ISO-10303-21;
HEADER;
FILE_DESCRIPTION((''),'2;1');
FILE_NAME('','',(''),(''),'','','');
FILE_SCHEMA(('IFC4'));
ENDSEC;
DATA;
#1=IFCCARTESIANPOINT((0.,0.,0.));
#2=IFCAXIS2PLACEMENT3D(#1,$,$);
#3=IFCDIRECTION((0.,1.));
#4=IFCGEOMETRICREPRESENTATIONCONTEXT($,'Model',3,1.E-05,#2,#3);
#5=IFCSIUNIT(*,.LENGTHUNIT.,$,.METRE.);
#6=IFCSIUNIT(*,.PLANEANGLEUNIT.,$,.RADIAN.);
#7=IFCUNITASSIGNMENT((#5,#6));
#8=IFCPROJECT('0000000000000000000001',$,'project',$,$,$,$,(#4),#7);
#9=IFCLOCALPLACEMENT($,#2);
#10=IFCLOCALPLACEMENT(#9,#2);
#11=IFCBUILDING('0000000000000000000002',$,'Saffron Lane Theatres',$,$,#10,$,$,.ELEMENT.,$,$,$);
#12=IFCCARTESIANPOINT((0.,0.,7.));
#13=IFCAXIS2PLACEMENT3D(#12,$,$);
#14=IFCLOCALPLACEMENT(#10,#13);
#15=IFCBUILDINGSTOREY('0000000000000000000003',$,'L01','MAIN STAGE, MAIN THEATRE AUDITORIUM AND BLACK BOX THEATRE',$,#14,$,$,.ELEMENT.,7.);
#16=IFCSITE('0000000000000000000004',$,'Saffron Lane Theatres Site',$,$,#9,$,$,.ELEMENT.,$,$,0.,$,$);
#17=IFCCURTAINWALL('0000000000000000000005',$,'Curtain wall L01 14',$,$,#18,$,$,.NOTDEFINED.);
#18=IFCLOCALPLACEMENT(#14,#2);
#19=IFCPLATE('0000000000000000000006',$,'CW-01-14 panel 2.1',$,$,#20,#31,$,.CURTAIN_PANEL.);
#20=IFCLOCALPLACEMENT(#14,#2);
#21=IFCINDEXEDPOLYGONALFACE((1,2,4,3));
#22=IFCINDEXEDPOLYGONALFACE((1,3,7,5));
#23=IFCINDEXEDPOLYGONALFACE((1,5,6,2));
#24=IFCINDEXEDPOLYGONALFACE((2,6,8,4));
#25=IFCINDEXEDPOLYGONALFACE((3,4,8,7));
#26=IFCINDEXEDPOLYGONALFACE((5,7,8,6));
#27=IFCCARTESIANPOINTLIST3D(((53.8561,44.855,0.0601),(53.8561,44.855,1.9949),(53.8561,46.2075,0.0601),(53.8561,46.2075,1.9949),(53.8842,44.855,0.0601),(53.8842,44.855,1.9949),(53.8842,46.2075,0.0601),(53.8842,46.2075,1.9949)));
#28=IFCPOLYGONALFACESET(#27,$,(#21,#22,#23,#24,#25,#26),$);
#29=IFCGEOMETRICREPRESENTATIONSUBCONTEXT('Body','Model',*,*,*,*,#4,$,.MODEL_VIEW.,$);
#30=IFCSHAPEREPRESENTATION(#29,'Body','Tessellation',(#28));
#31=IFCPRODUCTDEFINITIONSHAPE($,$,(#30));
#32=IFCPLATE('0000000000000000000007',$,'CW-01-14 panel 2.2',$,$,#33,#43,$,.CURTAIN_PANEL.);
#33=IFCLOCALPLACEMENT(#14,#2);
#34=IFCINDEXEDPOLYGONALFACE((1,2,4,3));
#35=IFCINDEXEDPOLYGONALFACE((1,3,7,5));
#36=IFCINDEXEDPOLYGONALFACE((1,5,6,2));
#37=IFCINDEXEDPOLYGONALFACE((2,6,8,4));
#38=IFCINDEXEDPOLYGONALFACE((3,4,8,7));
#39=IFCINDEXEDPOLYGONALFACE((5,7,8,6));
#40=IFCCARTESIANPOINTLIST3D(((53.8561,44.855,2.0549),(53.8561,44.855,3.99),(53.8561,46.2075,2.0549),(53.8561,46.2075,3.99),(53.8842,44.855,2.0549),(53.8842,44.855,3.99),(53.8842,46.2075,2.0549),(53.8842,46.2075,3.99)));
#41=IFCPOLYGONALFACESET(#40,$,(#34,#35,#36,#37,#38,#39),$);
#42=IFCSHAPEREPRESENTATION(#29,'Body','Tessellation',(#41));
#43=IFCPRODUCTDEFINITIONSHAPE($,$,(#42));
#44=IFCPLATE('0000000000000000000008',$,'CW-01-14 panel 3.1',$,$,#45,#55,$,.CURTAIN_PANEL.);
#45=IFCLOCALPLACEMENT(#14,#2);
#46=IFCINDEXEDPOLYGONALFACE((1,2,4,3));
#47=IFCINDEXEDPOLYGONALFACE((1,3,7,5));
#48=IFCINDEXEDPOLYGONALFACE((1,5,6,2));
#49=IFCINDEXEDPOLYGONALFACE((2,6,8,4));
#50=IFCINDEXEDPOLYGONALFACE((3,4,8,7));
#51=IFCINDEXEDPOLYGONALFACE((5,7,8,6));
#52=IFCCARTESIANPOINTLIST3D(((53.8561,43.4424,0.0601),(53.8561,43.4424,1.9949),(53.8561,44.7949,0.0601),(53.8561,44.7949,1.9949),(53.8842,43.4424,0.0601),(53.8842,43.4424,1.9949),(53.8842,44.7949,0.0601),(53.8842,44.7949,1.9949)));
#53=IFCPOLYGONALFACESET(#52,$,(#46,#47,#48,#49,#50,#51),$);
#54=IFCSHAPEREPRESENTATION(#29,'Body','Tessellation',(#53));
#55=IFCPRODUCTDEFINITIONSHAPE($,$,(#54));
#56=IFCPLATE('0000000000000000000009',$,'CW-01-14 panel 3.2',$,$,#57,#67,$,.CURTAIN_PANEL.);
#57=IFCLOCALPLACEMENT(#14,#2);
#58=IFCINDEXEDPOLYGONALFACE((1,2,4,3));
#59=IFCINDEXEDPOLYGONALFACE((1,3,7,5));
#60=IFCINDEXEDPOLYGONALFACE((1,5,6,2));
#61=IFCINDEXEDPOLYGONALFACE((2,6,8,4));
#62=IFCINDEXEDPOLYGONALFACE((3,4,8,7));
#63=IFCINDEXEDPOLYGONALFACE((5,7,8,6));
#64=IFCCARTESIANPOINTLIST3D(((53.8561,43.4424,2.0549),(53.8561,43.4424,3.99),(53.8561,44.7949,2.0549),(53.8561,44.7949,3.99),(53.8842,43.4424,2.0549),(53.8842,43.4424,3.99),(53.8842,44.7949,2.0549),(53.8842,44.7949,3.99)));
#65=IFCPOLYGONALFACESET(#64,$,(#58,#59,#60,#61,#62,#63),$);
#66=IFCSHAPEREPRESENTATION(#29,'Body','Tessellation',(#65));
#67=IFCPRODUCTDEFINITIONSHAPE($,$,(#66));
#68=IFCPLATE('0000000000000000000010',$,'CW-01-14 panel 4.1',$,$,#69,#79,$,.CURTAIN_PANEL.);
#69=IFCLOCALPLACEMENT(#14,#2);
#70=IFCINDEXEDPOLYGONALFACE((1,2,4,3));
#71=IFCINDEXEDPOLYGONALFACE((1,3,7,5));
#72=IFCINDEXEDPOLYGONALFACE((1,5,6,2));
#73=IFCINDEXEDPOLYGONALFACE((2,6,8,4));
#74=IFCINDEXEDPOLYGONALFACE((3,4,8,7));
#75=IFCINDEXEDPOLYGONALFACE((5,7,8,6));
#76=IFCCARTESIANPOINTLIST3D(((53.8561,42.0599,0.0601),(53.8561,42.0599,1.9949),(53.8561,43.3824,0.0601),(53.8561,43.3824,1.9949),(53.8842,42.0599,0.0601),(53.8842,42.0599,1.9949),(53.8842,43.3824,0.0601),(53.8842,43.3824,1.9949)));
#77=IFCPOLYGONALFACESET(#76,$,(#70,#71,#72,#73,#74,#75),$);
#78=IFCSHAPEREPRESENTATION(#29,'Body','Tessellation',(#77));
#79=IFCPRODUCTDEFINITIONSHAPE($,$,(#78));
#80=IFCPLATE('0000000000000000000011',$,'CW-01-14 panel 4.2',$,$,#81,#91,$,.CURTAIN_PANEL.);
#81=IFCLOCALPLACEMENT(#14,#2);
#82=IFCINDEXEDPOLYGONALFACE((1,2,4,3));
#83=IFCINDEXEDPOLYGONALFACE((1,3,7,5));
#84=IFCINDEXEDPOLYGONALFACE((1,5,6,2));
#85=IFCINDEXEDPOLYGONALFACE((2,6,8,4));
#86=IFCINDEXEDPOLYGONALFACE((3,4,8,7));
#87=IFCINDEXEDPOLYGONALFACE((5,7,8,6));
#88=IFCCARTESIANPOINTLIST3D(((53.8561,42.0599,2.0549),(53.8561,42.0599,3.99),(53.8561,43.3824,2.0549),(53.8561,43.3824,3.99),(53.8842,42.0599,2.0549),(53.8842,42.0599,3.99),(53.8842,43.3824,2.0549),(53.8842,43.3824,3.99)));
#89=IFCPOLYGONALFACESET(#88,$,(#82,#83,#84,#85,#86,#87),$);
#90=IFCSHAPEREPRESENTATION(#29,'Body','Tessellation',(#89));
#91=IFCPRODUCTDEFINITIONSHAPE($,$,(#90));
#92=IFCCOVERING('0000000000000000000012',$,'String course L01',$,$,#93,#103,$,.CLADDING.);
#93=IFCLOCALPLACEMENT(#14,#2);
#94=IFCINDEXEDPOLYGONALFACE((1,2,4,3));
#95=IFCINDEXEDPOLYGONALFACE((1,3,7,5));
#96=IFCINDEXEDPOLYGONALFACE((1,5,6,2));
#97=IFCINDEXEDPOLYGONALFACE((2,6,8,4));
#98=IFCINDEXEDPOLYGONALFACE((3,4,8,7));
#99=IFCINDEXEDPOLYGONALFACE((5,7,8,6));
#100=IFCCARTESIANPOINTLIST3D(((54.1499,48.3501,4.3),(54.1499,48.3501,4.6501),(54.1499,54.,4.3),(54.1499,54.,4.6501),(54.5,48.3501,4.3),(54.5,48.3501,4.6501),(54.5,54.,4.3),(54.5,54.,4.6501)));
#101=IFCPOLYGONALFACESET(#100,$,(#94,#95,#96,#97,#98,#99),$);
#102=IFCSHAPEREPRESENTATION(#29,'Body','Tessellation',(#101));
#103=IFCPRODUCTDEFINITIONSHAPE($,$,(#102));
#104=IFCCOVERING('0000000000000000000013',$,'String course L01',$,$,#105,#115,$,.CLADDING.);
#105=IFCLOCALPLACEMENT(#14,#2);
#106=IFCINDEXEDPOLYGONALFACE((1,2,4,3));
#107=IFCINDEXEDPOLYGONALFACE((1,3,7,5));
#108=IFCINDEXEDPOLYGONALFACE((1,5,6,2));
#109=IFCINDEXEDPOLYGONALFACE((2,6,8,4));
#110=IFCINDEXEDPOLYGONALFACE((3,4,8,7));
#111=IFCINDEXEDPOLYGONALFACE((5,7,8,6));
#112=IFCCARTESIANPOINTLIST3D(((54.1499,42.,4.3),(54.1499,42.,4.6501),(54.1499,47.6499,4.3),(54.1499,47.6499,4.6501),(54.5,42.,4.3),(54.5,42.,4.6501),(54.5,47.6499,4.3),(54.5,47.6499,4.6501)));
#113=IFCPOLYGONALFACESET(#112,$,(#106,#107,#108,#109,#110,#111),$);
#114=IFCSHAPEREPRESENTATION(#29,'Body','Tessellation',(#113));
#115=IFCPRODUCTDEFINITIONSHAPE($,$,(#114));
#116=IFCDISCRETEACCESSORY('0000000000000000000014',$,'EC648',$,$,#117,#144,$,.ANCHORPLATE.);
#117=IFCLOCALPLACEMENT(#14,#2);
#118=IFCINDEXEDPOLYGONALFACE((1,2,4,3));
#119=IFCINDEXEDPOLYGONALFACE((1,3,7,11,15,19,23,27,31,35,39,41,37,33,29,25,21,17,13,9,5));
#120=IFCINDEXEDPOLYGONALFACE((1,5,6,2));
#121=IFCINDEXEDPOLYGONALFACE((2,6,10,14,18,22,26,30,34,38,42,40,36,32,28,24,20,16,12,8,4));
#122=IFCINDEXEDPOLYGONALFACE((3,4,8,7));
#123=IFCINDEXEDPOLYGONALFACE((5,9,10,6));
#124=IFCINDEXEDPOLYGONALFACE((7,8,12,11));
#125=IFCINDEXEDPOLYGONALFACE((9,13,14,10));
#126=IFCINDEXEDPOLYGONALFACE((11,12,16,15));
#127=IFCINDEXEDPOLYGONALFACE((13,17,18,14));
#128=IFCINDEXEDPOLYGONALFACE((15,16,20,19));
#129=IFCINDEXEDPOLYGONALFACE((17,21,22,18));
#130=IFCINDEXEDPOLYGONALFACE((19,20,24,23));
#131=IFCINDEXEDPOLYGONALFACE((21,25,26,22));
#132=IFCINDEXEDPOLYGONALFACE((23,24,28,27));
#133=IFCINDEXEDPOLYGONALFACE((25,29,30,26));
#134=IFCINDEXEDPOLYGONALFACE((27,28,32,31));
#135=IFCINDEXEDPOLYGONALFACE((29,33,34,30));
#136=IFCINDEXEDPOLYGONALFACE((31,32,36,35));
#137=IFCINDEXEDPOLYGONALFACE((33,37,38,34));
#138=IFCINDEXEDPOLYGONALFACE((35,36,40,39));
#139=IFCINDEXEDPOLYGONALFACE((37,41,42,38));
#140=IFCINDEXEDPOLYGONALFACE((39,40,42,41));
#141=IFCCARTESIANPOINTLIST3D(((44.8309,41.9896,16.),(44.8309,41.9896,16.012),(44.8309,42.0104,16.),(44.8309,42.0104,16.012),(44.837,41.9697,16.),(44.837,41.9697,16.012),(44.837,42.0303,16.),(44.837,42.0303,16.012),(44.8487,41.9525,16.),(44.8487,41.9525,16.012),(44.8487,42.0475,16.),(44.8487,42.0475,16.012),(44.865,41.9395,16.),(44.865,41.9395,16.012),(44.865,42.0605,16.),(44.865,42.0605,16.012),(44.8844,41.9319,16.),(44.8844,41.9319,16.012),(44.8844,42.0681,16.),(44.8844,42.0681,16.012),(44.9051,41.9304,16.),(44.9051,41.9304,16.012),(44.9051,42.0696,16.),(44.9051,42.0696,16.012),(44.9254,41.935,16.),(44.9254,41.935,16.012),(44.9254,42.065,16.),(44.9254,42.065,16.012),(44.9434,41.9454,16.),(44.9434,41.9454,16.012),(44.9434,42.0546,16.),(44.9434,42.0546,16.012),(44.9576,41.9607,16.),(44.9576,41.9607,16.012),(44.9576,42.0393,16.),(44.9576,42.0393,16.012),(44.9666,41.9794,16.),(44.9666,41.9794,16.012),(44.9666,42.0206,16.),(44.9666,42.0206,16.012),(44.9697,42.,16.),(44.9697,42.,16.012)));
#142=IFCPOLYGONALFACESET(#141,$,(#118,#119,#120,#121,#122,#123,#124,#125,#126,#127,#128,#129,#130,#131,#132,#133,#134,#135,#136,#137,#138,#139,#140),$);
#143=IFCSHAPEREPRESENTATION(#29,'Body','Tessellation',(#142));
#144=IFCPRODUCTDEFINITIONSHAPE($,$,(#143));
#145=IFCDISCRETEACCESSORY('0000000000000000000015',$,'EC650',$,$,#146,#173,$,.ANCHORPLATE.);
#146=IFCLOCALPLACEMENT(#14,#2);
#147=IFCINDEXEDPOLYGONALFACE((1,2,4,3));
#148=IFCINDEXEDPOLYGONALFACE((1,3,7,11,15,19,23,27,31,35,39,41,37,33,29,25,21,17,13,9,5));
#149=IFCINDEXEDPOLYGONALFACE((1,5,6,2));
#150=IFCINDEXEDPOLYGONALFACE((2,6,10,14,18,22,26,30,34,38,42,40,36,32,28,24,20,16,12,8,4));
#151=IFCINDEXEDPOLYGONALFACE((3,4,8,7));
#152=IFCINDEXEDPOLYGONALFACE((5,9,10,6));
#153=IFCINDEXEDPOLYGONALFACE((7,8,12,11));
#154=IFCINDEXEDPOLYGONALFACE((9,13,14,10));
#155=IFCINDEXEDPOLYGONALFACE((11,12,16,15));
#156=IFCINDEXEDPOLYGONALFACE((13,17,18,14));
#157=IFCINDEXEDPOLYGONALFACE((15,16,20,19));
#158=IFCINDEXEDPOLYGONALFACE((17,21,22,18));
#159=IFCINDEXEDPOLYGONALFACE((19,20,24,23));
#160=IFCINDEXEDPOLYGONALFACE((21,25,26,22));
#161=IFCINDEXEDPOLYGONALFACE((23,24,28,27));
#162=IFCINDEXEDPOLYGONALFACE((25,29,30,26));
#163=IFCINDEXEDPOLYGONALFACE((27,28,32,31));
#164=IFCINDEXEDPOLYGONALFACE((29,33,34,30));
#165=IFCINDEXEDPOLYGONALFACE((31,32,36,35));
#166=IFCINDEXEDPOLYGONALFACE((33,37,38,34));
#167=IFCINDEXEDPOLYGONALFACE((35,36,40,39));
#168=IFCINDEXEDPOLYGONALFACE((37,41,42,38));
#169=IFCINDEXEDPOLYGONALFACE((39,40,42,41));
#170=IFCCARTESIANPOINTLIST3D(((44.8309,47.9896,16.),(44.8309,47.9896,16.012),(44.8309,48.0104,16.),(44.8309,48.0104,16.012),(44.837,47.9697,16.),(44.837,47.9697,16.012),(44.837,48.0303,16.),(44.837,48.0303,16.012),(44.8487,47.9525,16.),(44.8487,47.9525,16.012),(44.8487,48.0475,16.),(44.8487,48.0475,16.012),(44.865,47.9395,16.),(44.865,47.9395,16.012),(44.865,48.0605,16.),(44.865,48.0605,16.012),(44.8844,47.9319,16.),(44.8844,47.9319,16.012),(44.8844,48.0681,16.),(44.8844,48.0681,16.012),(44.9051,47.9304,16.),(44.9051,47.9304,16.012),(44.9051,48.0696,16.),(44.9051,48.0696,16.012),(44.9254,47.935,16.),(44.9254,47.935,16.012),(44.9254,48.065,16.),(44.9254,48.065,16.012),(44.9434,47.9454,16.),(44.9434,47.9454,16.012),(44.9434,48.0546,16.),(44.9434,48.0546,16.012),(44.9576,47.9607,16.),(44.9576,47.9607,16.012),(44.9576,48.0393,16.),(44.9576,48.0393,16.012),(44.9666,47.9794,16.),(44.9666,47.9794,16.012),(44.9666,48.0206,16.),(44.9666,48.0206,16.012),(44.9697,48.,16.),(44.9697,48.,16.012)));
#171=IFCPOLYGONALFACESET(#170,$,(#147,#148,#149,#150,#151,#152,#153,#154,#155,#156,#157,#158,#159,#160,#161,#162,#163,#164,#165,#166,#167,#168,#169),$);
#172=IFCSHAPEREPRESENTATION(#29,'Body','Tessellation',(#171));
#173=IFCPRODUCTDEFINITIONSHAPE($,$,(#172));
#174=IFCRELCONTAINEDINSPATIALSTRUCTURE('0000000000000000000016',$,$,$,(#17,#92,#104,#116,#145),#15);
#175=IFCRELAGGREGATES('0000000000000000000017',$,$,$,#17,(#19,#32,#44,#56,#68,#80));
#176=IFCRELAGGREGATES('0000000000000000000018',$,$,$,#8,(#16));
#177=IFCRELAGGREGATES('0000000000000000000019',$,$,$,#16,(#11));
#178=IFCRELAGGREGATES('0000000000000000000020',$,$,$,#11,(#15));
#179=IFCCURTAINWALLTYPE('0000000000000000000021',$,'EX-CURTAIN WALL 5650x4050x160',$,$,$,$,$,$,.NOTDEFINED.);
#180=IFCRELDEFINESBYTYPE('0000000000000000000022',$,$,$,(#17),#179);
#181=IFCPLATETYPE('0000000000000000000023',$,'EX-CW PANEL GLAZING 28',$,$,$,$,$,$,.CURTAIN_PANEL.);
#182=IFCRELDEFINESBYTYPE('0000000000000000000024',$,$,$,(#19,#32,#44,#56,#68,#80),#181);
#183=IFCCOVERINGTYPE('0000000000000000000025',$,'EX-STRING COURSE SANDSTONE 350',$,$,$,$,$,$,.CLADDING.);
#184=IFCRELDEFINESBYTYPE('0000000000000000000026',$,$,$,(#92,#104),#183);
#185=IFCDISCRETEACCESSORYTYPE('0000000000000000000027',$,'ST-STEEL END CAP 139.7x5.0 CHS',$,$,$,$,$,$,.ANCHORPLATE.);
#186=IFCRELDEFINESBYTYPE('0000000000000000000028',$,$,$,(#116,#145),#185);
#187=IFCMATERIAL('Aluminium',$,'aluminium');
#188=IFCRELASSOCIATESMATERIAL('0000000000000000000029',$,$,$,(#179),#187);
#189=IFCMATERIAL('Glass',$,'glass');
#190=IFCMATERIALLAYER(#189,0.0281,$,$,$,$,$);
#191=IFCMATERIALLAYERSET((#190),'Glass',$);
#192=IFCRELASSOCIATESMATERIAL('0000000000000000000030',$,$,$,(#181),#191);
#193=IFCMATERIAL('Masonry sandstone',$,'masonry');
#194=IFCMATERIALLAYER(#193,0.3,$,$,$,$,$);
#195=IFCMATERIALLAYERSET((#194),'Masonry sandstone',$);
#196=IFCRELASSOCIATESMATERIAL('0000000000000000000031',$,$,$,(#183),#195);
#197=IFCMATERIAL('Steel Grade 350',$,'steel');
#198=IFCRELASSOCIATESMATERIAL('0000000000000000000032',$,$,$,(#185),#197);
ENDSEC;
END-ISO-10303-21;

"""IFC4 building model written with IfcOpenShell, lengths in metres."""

from ifc_helpers import new_model, si_unit, direction, frame, origin, origin_2d, place, context, subcontext, project, spatial, rectangle, circle, extrude, material, layer, layer_set, material_profile, profile_set, type_object, element, aggregate, save


model = new_model("IFC4")

# Units and contexts
model_context = context("Model", 3, precision=1e-05, world=origin(), true_north=direction((0.0, 1.0)))
body_context = subcontext(model_context, "Body", "Model", "MODEL_VIEW")
ifc_project = project(units=[si_unit("LENGTHUNIT", "METRE"), si_unit("PLANEANGLEUNIT", "RADIAN")], contexts=[model_context])

# Site, building, storey
site_placement = place(None, origin())
site = spatial("IfcSite", under=ifc_project, at=site_placement, Name="Saffron Lane Theatres Site", CompositionType="ELEMENT", RefElevation=0.0)
building_placement = place(site_placement, origin())
building = spatial("IfcBuilding", under=site, at=building_placement, Name="Saffron Lane Theatres", CompositionType="ELEMENT")
storey_placement = place(building_placement, frame((0.0, 0.0, 7.0)))
storey = spatial("IfcBuildingStorey", under=building, at=storey_placement, Name="L01", Description="MAIN STAGE, MAIN THEATRE AUDITORIUM AND BLACK BOX THEATRE", CompositionType="ELEMENT", Elevation=7.0)

# Curtain wall
ifc_material_1 = material(Name="Aluminium", Category="aluminium")
curtain_wall_type = type_object("IfcCurtainWallType", Name="EX-CURTAIN WALL 5650x4050x160", PredefinedType="NOTDEFINED", material=ifc_material_1)
curtain_wall_1_placement = place(storey_placement, origin())
curtain_wall_1 = element("IfcCurtainWall", 1, at=curtain_wall_1_placement, inside=storey, type_object=curtain_wall_type, Name="Curtain wall L01 14", PredefinedType="NOTDEFINED")

# Plates
ifc_material_2 = material(Name="Glass", Category="glass")
ifc_layer_1 = layer(ifc_material_2, 0.0281)
ifc_layer_set_1 = layer_set([ifc_layer_1], Name="Glass")
plate_type = type_object("IfcPlateType", Name="EX-CW PANEL GLAZING 28", PredefinedType="CURTAIN_PANEL", material=ifc_layer_set_1)
plate_1_placement = place(storey_placement, frame((53.8701, 45.5312, 0.0601), z_axis=(0.0, 0.0, 1.0), x_axis=(0.0, -1.0, 0.0)))
plate_1 = element("IfcPlate", 2, at=plate_1_placement, type_object=plate_type, Name="CW-01-14 panel 2.1", PredefinedType="CURTAIN_PANEL", context=body_context, shape_type="SweptSolid", body=[
    extrude(rectangle(XDim=1.3525, YDim=0.0281, at=origin_2d()), origin(), (0.0, 0.0, 1.0), 1.9348),
])
plate_2_placement = place(storey_placement, frame((53.8701, 45.5312, 2.0549), z_axis=(0.0, 0.0, 1.0), x_axis=(0.0, -1.0, 0.0)))
plate_2 = element("IfcPlate", 3, at=plate_2_placement, type_object=plate_type, Name="CW-01-14 panel 2.2", PredefinedType="CURTAIN_PANEL", context=body_context, shape_type="SweptSolid", body=[
    extrude(rectangle(XDim=1.3525, YDim=0.0281, at=origin_2d()), origin(), (0.0, 0.0, 1.0), 1.9351),
])
plate_3_placement = place(storey_placement, frame((53.8701, 44.1187, 0.0601), z_axis=(0.0, 0.0, 1.0), x_axis=(0.0, -1.0, 0.0)))
plate_3 = element("IfcPlate", 4, at=plate_3_placement, type_object=plate_type, Name="CW-01-14 panel 3.1", PredefinedType="CURTAIN_PANEL", context=body_context, shape_type="SweptSolid", body=[
    extrude(rectangle(XDim=1.3525, YDim=0.0281, at=origin_2d()), origin(), (0.0, 0.0, 1.0), 1.9348),
])
plate_4_placement = place(storey_placement, frame((53.8701, 44.1187, 2.0549), z_axis=(0.0, 0.0, 1.0), x_axis=(0.0, -1.0, 0.0)))
plate_4 = element("IfcPlate", 5, at=plate_4_placement, type_object=plate_type, Name="CW-01-14 panel 3.2", PredefinedType="CURTAIN_PANEL", context=body_context, shape_type="SweptSolid", body=[
    extrude(rectangle(XDim=1.3525, YDim=0.0281, at=origin_2d()), origin(), (0.0, 0.0, 1.0), 1.9351),
])
plate_5_placement = place(storey_placement, frame((53.8701, 42.7212, 0.0601), z_axis=(0.0, 0.0, 1.0), x_axis=(0.0, -1.0, 0.0)))
plate_5 = element("IfcPlate", 6, at=plate_5_placement, type_object=plate_type, Name="CW-01-14 panel 4.1", PredefinedType="CURTAIN_PANEL", context=body_context, shape_type="SweptSolid", body=[
    extrude(rectangle(XDim=1.3225, YDim=0.0281, at=origin_2d()), origin(), (0.0, 0.0, 1.0), 1.9348),
])
plate_6_placement = place(storey_placement, frame((53.8701, 42.7212, 2.0549), z_axis=(0.0, 0.0, 1.0), x_axis=(0.0, -1.0, 0.0)))
plate_6 = element("IfcPlate", 7, at=plate_6_placement, type_object=plate_type, Name="CW-01-14 panel 4.2", PredefinedType="CURTAIN_PANEL", context=body_context, shape_type="SweptSolid", body=[
    extrude(rectangle(XDim=1.3225, YDim=0.0281, at=origin_2d()), origin(), (0.0, 0.0, 1.0), 1.9351),
])
aggregate(curtain_wall_1, [plate_1, plate_2, plate_3, plate_4, plate_5, plate_6])

# Coverings
ifc_material_3 = material(Name="Masonry sandstone", Category="masonry")
ifc_layer_2 = layer(ifc_material_3, 0.3)
ifc_layer_set_2 = layer_set([ifc_layer_2], Name="Masonry sandstone")
covering_type = type_object("IfcCoveringType", Name="EX-STRING COURSE SANDSTONE 350", PredefinedType="CLADDING", material=ifc_layer_set_2)
for number, where, z_axis, x_axis, name in (
    (8, (54.325, 51.175, 4.3), (0.0, 0.0, 1.0), (0.0, -1.0, 0.0), "String course L01"),
    (9, (54.325, 44.825, 4.3), (0.0, 0.0, 1.0), (0.0, -1.0, 0.0), "String course L01"),
):
    element("IfcCovering", number, at=place(storey_placement, frame(where, z_axis=z_axis, x_axis=x_axis)), inside=storey, type_object=covering_type, Name=name, PredefinedType="CLADDING", context=body_context, shape_type="SweptSolid", body=[
        extrude(rectangle(XDim=5.6499, YDim=0.3501, at=origin_2d()), origin(), (0.0, 0.0, 1.0), 0.3501),
    ])

# Discrete accessories
ifc_material_4 = material(Name="Steel Grade 350", Category="steel")
ifc_material_profile_1 = material_profile(ifc_material_4, circle(Radius=0.0698, at=origin_2d()))
ifc_profile_set_1 = profile_set([ifc_material_profile_1], Name="Steel Grade 350")
discrete_accessory_type = type_object("IfcDiscreteAccessoryType", Name="ST-STEEL END CAP 139.7x5.0 CHS", PredefinedType="ANCHORPLATE", material=ifc_profile_set_1)
for number, where, z_axis, x_axis, name in (
    (10, (44.8999, 42.0, 16.0), (0.0, 0.0, 1.0), (1.0, 0.0, 0.0), "EC648"),
    (11, (44.8999, 48.0, 16.0), (0.0, 0.0, 1.0), (1.0, 0.0, 0.0), "EC650"),
):
    element("IfcDiscreteAccessory", number, at=place(storey_placement, frame(where, z_axis=z_axis, x_axis=x_axis)), inside=storey, type_object=discrete_accessory_type, Name=name, PredefinedType="ANCHORPLATE", context=body_context, shape_type="SweptSolid", body=[
        extrude(circle(Radius=0.0698, at=origin_2d()), origin(), (0.0, 0.0, 1.0), 0.012),
    ])

save(model, "model.ifc")
